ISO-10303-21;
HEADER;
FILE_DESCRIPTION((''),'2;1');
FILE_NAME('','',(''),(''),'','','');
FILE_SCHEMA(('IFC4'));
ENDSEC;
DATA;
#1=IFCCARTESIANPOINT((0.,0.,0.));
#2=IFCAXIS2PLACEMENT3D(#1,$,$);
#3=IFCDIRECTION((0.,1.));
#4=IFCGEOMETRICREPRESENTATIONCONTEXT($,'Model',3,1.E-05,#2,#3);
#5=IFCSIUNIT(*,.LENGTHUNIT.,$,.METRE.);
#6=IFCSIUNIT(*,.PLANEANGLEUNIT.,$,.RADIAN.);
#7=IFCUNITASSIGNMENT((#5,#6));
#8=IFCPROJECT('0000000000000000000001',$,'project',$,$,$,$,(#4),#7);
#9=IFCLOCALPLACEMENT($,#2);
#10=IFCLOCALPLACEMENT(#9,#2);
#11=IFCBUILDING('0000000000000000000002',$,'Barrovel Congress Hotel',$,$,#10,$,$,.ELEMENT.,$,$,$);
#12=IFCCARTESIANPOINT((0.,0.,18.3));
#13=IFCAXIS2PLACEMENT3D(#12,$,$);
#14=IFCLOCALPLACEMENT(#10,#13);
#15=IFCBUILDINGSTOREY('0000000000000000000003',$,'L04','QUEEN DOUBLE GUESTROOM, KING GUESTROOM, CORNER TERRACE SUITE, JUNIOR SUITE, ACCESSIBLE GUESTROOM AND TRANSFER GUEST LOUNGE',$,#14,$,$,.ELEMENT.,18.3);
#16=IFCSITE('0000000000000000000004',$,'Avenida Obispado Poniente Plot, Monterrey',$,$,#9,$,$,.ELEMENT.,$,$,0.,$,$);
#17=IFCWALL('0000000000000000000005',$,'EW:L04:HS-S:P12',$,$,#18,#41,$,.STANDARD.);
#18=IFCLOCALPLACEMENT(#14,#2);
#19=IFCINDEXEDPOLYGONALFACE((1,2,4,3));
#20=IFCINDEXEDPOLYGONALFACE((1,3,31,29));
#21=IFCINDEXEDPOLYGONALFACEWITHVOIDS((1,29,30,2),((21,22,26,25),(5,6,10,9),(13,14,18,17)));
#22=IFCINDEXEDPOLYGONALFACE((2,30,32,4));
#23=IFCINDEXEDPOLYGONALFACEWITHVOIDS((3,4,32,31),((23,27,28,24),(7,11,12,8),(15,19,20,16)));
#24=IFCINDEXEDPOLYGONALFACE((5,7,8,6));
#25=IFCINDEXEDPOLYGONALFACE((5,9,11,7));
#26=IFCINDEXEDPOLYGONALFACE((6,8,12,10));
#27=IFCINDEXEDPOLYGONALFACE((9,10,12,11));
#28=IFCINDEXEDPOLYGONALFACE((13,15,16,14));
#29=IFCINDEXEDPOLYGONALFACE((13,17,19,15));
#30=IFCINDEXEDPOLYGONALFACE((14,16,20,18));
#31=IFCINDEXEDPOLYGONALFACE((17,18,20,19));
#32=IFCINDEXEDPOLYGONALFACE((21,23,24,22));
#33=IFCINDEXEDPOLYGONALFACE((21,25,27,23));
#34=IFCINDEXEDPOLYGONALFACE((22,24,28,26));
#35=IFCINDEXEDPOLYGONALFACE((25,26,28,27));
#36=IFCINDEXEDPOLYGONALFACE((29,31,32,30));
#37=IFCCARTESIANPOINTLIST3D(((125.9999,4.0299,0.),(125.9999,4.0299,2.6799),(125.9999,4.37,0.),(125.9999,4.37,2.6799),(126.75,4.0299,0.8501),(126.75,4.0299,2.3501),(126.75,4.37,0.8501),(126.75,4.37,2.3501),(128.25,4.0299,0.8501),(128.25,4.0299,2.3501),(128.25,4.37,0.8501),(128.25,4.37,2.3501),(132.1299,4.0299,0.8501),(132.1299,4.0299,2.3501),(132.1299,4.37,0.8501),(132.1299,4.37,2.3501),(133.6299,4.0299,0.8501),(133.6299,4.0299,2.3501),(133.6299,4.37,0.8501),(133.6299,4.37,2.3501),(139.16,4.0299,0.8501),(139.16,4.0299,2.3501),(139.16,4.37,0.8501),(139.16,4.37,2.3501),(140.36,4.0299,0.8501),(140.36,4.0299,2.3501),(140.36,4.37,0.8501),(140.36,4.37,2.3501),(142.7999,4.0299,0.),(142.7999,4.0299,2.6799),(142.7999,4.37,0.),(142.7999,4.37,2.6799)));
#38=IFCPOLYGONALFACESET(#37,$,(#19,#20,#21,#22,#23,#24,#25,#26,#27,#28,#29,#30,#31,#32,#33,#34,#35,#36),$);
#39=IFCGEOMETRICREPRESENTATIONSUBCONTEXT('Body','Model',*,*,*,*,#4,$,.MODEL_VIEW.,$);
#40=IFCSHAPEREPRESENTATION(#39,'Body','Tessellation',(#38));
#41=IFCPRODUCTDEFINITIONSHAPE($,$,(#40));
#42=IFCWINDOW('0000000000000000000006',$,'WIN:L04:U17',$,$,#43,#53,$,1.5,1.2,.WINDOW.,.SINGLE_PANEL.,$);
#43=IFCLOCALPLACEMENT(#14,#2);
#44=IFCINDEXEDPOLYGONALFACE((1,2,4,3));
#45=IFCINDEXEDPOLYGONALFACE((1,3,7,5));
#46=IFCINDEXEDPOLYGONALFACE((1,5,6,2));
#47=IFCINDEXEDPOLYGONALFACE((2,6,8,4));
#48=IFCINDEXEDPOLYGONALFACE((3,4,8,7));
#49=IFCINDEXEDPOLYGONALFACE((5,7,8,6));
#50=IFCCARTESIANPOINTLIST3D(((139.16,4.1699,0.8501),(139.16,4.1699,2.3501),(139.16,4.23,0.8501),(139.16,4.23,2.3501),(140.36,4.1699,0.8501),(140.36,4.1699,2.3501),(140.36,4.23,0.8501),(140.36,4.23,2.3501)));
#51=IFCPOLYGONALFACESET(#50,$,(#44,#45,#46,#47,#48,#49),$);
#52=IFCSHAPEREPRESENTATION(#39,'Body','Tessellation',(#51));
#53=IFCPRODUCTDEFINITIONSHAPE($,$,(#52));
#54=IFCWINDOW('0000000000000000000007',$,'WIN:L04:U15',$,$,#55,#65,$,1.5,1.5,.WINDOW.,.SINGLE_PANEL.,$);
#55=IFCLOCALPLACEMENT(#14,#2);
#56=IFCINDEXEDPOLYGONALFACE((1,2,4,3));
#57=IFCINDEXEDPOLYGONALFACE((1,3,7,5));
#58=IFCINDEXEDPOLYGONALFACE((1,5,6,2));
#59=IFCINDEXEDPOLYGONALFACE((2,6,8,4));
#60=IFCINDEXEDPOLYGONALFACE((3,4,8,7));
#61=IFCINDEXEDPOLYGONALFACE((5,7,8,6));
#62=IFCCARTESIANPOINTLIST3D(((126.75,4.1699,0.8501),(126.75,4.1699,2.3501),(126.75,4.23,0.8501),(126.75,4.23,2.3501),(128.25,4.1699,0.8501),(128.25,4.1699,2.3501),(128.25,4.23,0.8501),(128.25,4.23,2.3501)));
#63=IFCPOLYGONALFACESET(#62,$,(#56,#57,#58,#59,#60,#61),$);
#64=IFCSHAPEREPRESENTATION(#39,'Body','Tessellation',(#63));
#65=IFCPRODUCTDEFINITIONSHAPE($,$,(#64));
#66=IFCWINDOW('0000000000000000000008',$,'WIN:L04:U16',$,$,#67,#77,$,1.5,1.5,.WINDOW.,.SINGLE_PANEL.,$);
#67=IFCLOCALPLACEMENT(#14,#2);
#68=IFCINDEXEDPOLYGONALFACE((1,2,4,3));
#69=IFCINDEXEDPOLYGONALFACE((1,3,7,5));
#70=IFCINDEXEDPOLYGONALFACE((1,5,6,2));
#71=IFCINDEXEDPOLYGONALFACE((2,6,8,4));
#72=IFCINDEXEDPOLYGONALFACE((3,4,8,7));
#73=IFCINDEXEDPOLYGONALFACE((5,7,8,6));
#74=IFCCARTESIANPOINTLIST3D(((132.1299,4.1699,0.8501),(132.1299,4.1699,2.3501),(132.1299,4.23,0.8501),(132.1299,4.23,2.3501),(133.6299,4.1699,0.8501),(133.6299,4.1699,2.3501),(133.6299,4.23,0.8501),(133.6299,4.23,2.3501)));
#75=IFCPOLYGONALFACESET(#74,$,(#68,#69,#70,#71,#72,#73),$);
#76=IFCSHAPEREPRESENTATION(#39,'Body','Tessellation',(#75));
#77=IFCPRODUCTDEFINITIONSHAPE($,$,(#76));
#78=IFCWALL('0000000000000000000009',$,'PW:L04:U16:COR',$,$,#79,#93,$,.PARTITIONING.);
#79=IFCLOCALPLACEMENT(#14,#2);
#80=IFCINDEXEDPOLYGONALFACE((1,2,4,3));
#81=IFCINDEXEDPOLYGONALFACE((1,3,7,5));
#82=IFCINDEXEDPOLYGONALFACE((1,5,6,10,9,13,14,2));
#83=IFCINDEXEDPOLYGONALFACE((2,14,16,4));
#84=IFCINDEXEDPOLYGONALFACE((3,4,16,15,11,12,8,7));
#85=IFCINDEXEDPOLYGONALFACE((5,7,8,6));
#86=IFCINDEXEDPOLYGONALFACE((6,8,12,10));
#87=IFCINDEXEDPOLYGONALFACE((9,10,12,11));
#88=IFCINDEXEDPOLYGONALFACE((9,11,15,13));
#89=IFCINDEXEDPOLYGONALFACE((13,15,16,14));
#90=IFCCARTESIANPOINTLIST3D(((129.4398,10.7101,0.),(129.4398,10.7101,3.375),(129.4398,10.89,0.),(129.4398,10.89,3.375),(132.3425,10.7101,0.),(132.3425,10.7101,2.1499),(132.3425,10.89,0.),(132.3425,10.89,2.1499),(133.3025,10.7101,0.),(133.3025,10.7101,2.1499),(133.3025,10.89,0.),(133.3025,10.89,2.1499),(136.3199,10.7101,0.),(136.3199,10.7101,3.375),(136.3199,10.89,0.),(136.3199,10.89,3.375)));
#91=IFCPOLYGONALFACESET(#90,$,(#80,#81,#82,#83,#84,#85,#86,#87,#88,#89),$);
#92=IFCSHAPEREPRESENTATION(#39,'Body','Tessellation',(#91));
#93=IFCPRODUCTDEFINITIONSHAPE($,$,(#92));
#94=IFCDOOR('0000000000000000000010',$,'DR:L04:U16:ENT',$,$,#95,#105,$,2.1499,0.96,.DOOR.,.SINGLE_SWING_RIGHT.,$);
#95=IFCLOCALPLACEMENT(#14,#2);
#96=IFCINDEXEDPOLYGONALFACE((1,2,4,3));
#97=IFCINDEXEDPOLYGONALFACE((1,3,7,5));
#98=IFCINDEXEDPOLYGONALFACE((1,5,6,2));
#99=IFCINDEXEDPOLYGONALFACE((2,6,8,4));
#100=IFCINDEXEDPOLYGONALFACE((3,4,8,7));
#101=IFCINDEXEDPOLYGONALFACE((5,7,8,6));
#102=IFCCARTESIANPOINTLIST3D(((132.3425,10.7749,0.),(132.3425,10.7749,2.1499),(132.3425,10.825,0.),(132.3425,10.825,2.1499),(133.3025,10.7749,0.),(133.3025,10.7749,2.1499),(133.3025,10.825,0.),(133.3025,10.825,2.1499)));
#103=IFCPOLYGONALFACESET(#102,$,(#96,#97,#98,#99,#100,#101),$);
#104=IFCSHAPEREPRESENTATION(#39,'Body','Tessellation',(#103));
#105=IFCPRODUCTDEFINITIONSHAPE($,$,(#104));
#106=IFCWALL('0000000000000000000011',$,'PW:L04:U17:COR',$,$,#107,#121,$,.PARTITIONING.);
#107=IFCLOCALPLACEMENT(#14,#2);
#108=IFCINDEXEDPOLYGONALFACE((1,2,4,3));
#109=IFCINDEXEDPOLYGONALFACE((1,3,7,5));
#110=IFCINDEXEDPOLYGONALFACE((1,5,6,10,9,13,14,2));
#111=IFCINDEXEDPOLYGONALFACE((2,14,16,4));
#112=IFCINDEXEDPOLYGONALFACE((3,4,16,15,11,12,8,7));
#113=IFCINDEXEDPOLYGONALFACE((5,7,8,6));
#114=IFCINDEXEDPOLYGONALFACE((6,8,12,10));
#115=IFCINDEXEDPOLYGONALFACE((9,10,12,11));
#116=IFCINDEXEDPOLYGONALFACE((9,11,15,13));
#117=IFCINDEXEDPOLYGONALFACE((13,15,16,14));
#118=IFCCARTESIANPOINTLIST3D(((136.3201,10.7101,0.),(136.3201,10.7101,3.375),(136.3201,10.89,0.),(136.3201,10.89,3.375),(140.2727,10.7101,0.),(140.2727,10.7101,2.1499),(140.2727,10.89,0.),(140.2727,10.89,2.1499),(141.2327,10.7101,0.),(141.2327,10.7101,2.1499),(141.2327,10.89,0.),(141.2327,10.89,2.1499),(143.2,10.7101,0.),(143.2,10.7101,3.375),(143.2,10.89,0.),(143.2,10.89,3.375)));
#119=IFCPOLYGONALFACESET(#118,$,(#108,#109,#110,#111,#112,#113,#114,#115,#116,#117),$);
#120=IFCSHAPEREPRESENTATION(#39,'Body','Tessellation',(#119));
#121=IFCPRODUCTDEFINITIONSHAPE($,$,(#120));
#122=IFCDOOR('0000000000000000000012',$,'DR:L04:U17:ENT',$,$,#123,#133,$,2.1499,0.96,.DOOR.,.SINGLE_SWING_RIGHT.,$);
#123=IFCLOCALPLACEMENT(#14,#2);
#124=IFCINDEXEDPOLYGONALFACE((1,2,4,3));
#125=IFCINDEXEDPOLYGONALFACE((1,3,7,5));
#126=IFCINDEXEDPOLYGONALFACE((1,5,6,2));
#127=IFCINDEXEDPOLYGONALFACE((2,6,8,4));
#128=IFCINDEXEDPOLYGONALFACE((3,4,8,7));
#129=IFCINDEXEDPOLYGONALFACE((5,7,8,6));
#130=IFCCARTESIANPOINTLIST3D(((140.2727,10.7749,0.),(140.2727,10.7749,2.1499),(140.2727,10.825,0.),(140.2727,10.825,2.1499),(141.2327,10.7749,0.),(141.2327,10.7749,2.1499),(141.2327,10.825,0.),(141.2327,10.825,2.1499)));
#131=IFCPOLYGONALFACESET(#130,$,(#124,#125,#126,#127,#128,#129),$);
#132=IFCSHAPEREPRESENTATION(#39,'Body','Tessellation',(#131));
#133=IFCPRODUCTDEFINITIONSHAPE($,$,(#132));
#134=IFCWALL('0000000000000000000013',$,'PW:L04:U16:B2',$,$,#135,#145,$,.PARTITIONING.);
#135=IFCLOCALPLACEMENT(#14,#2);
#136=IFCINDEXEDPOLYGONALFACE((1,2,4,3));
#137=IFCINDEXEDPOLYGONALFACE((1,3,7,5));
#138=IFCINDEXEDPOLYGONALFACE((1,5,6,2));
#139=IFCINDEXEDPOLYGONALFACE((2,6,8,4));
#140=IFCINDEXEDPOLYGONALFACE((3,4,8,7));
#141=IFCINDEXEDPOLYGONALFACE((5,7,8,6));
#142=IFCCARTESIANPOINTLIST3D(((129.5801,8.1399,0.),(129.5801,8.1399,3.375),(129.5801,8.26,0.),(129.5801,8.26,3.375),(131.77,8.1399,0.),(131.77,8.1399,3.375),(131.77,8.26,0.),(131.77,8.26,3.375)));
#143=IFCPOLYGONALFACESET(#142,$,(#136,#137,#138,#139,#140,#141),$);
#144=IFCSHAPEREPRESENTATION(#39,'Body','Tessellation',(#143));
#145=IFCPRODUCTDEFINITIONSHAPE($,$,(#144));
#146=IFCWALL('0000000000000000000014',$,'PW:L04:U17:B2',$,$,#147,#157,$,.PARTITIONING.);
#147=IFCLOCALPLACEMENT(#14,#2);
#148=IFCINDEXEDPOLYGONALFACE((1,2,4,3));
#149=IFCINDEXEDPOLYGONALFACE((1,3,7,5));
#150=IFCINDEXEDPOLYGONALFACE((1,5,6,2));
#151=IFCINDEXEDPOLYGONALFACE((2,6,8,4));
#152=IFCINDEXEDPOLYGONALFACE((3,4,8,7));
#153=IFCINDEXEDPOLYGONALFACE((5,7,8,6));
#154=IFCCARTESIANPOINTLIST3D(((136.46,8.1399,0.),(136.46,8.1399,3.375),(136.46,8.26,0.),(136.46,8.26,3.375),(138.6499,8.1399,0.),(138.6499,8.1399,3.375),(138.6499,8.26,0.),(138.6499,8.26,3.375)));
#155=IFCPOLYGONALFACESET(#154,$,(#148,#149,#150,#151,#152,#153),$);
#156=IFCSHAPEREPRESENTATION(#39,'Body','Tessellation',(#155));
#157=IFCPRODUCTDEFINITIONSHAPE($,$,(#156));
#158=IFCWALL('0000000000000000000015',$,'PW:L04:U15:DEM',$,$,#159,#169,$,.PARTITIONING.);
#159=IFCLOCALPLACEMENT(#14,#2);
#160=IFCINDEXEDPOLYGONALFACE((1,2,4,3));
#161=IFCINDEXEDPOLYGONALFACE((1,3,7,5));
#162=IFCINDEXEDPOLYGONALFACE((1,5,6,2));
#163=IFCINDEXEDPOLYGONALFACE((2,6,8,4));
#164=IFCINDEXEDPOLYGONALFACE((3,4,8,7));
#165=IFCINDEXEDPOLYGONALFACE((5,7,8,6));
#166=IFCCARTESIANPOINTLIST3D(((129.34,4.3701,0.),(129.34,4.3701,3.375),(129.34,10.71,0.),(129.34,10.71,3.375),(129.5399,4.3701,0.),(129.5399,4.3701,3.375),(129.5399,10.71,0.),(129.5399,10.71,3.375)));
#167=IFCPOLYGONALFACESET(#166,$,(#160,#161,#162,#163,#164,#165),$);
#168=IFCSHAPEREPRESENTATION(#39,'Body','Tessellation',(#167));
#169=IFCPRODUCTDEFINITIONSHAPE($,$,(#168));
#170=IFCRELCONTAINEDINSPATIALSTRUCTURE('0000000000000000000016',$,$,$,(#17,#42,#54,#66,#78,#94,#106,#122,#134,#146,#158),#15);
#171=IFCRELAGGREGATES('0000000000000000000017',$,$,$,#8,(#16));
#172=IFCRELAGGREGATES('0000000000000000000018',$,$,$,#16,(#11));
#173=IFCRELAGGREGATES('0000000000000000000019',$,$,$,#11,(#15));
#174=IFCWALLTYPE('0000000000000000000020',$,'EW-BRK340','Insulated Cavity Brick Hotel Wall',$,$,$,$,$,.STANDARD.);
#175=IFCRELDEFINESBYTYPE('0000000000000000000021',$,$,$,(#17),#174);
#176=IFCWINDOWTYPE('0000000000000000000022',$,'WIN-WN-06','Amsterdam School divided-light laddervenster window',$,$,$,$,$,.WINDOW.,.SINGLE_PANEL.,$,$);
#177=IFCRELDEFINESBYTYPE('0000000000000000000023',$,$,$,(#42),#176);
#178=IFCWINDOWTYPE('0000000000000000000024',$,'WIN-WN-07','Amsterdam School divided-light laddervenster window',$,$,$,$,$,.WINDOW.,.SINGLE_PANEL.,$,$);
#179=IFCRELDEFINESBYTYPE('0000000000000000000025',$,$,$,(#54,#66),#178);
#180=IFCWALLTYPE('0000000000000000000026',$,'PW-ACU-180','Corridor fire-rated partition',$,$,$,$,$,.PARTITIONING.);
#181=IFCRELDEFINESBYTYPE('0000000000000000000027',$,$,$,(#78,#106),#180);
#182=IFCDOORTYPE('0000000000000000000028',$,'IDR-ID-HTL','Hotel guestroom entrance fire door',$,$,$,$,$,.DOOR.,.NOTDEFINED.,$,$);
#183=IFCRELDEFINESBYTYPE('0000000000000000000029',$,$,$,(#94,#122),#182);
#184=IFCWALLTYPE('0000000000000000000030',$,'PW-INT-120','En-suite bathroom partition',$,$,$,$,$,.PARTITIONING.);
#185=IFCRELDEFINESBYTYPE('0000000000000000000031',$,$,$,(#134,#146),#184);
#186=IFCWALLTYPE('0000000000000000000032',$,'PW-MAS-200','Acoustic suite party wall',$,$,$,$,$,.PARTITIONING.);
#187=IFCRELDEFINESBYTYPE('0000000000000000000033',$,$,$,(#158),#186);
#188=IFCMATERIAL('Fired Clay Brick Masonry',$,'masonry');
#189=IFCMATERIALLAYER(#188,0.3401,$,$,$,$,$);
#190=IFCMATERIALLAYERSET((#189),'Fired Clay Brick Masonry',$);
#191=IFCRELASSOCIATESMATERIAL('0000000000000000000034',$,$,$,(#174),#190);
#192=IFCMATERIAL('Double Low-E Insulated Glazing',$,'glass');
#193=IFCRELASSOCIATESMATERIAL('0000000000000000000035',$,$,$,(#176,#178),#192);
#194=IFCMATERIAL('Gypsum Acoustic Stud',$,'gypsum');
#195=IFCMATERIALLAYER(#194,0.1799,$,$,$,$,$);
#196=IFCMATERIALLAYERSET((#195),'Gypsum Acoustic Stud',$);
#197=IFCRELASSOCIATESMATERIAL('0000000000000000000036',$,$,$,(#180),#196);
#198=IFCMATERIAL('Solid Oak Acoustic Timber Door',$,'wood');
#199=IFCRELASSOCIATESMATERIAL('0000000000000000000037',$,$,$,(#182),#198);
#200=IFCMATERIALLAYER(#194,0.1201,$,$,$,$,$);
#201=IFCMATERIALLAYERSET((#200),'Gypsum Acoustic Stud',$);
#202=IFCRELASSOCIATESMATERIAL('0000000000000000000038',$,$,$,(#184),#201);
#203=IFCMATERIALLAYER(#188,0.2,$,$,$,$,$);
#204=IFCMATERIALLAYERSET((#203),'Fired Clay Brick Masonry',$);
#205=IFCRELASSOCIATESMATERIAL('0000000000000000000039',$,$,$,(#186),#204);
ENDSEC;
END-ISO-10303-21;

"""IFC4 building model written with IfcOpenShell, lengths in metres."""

from ifc_helpers import new_model, si_unit, direction, frame, frame_2d, origin, place, context, subcontext, project, spatial, rectangle, extrude, material, layer, layer_set, type_object, element, fill, save


model = new_model("IFC4")

# Units and contexts
model_context = context("Model", 3, precision=1e-05, world=origin(), true_north=direction((0.0, 1.0)))
body_context = subcontext(model_context, "Body", "Model", "MODEL_VIEW")
ifc_project = project(units=[si_unit("LENGTHUNIT", "METRE"), si_unit("PLANEANGLEUNIT", "RADIAN")], contexts=[model_context])

# Site, building, storey
site_placement = place(None, origin())
site = spatial("IfcSite", under=ifc_project, at=site_placement, Name="Avenida Obispado Poniente Plot, Monterrey", CompositionType="ELEMENT", RefElevation=0.0)
building_placement = place(site_placement, origin())
building = spatial("IfcBuilding", under=site, at=building_placement, Name="Barrovel Congress Hotel", CompositionType="ELEMENT")
storey_placement = place(building_placement, frame((0.0, 0.0, 18.3)))
storey = spatial("IfcBuildingStorey", under=building, at=storey_placement, Name="L04", Description="QUEEN DOUBLE GUESTROOM, KING GUESTROOM, CORNER TERRACE SUITE, JUNIOR SUITE, ACCESSIBLE GUESTROOM AND TRANSFER GUEST LOUNGE", CompositionType="ELEMENT", Elevation=18.3)

# Wall, openings, windows
ifc_material_1 = material(Name="Fired Clay Brick Masonry", Category="masonry")
ifc_layer_1 = layer(ifc_material_1, 0.3401)
ifc_layer_set_1 = layer_set([ifc_layer_1], Name="Fired Clay Brick Masonry")
wall_type_1 = type_object("IfcWallType", Name="EW-BRK340", Description="Insulated Cavity Brick Hotel Wall", PredefinedType="STANDARD", material=ifc_layer_set_1)
wall_1_placement = place(storey_placement, frame((126.0, 4.2, 0.0), z_axis=(0.0, 0.0, 1.0), x_axis=(1.0, 0.0, 0.0)))
wall_1 = element("IfcWall", 1, at=wall_1_placement, inside=storey, type_object=wall_type_1, Name="EW:L04:HS-S:P12", PredefinedType="STANDARD", context=body_context, shape_type="SweptSolid", body=[
    extrude(rectangle(XDim=16.8, YDim=0.3401, at=frame_2d((8.3999, 0.0))), origin(), (0.0, 0.0, 1.0), 2.6799),
])
opening_1_placement = place(wall_1_placement, frame((0.75, 0.0, 0.8501)))
opening_1 = element("IfcOpeningElement", 2, at=opening_1_placement, cuts=wall_1, PredefinedType="OPENING", context=body_context, shape_type="SweptSolid", body=[
    extrude(rectangle(XDim=1.5, YDim=1.5, at=frame_2d((0.75, 0.75))), frame((0.0, 0.1802, 0.0), z_axis=(0.0, -1.0, 0.0), x_axis=(1.0, 0.0, 0.0)), (0.0, 0.0, 1.0), 0.3601),
])
opening_2_placement = place(wall_1_placement, frame((6.1299, 0.0, 0.8501)))
opening_2 = element("IfcOpeningElement", 3, at=opening_2_placement, cuts=wall_1, PredefinedType="OPENING", context=body_context, shape_type="SweptSolid", body=[
    extrude(rectangle(XDim=1.5, YDim=1.5, at=frame_2d((0.75, 0.75))), frame((0.0, 0.1802, 0.0), z_axis=(0.0, -1.0, 0.0), x_axis=(1.0, 0.0, 0.0)), (0.0, 0.0, 1.0), 0.3601),
])
opening_3_placement = place(wall_1_placement, frame((13.1599, 0.0, 0.8501)))
opening_3 = element("IfcOpeningElement", 4, at=opening_3_placement, cuts=wall_1, PredefinedType="OPENING", context=body_context, shape_type="SweptSolid", body=[
    extrude(rectangle(XDim=1.2, YDim=1.5, at=frame_2d((0.6001, 0.75))), frame((0.0, 0.1802, 0.0), z_axis=(0.0, -1.0, 0.0), x_axis=(1.0, 0.0, 0.0)), (0.0, 0.0, 1.0), 0.3601),
])
ifc_material_2 = material(Name="Double Low-E Insulated Glazing", Category="glass")
window_type_1 = type_object("IfcWindowType", Name="WIN-WN-06", Description="Amsterdam School divided-light laddervenster window", PartitioningType="SINGLE_PANEL", PredefinedType="WINDOW", material=ifc_material_2)
window_1_placement = place(opening_3_placement, origin())
window_1 = element("IfcWindow", 5, at=window_1_placement, inside=storey, type_object=window_type_1, Name="WIN:L04:U17", OverallHeight=1.5, OverallWidth=1.2, PartitioningType="SINGLE_PANEL", PredefinedType="WINDOW", context=body_context, shape_type="SweptSolid", body=[
    extrude(rectangle(XDim=1.2, YDim=1.5, at=frame_2d((0.6001, 0.75))), frame((0.0, 0.03, 0.0), z_axis=(0.0, -1.0, 0.0), x_axis=(1.0, 0.0, 0.0)), (0.0, 0.0, 1.0), 0.0601),
])
fill(opening_3, window_1)
window_type_2 = type_object("IfcWindowType", Name="WIN-WN-07", Description="Amsterdam School divided-light laddervenster window", PartitioningType="SINGLE_PANEL", PredefinedType="WINDOW", material=ifc_material_2)
window_2_placement = place(opening_1_placement, origin())
window_2 = element("IfcWindow", 6, at=window_2_placement, inside=storey, type_object=window_type_2, Name="WIN:L04:U15", OverallHeight=1.5, OverallWidth=1.5, PartitioningType="SINGLE_PANEL", PredefinedType="WINDOW", context=body_context, shape_type="SweptSolid", body=[
    extrude(rectangle(XDim=1.5, YDim=1.5, at=frame_2d((0.75, 0.75))), frame((0.0, 0.03, 0.0), z_axis=(0.0, -1.0, 0.0), x_axis=(1.0, 0.0, 0.0)), (0.0, 0.0, 1.0), 0.0601),
])
fill(opening_1, window_2)
window_3_placement = place(opening_2_placement, origin())
window_3 = element("IfcWindow", 7, at=window_3_placement, inside=storey, type_object=window_type_2, Name="WIN:L04:U16", OverallHeight=1.5, OverallWidth=1.5, PartitioningType="SINGLE_PANEL", PredefinedType="WINDOW", context=body_context, shape_type="SweptSolid", body=[
    extrude(rectangle(XDim=1.5, YDim=1.5, at=frame_2d((0.75, 0.75))), frame((0.0, 0.03, 0.0), z_axis=(0.0, -1.0, 0.0), x_axis=(1.0, 0.0, 0.0)), (0.0, 0.0, 1.0), 0.0601),
])
fill(opening_2, window_3)

# Walls, openings, doors
ifc_material_3 = material(Name="Gypsum Acoustic Stud", Category="gypsum")
ifc_layer_2 = layer(ifc_material_3, 0.1799)
ifc_layer_set_2 = layer_set([ifc_layer_2], Name="Gypsum Acoustic Stud")
wall_type_2 = type_object("IfcWallType", Name="PW-ACU-180", Description="Corridor fire-rated partition", PredefinedType="PARTITIONING", material=ifc_layer_set_2)
wall_2_placement = place(storey_placement, frame((129.4399, 10.8, 0.0), z_axis=(0.0, 0.0, 1.0), x_axis=(1.0, 0.0, 0.0)))
wall_2 = element("IfcWall", 8, at=wall_2_placement, inside=storey, type_object=wall_type_2, Name="PW:L04:U16:COR", PredefinedType="PARTITIONING", context=body_context, shape_type="SweptSolid", body=[
    extrude(rectangle(XDim=6.8801, YDim=0.1799, at=frame_2d((3.4399, 0.0))), origin(), (0.0, 0.0, 1.0), 3.375),
])
opening_4_placement = place(wall_2_placement, frame((2.9026, 0.0, 0.0)))
opening_4 = element("IfcOpeningElement", 9, at=opening_4_placement, cuts=wall_2, PredefinedType="OPENING", context=body_context, shape_type="SweptSolid", body=[
    extrude(rectangle(XDim=0.96, YDim=2.1499, at=frame_2d((0.48, 1.075))), frame((0.0, 0.1001, 0.0), z_axis=(0.0, -1.0, 0.0), x_axis=(1.0, 0.0, 0.0)), (0.0, 0.0, 1.0), 0.2),
])
ifc_material_4 = material(Name="Solid Oak Acoustic Timber Door", Category="wood")
door_type_1 = type_object("IfcDoorType", Name="IDR-ID-HTL", Description="Hotel guestroom entrance fire door", OperationType="NOTDEFINED", PredefinedType="DOOR", material=ifc_material_4)
door_1_placement = place(opening_4_placement, origin())
door_1 = element("IfcDoor", 10, at=door_1_placement, inside=storey, type_object=door_type_1, Name="DR:L04:U16:ENT", OperationType="SINGLE_SWING_RIGHT", OverallHeight=2.1499, OverallWidth=0.96, PredefinedType="DOOR", context=body_context, shape_type="SweptSolid", body=[
    extrude(rectangle(XDim=0.96, YDim=2.1499, at=frame_2d((0.48, 1.075))), frame((0.0, 0.0249, 0.0), z_axis=(0.0, -1.0, 0.0), x_axis=(1.0, 0.0, 0.0)), (0.0, 0.0, 1.0), 0.05),
])
fill(opening_4, door_1)
wall_3_placement = place(storey_placement, frame((136.3201, 10.8, 0.0), z_axis=(0.0, 0.0, 1.0), x_axis=(1.0, 0.0, 0.0)))
wall_3 = element("IfcWall", 11, at=wall_3_placement, inside=storey, type_object=wall_type_2, Name="PW:L04:U17:COR", PredefinedType="PARTITIONING", context=body_context, shape_type="SweptSolid", body=[
    extrude(rectangle(XDim=6.8799, YDim=0.1799, at=frame_2d((3.4399, 0.0))), origin(), (0.0, 0.0, 1.0), 3.375),
])
opening_5_placement = place(wall_3_placement, frame((3.9526, 0.0, 0.0)))
opening_5 = element("IfcOpeningElement", 12, at=opening_5_placement, cuts=wall_3, PredefinedType="OPENING", context=body_context, shape_type="SweptSolid", body=[
    extrude(rectangle(XDim=0.96, YDim=2.1499, at=frame_2d((0.48, 1.075))), frame((0.0, 0.1001, 0.0), z_axis=(0.0, -1.0, 0.0), x_axis=(1.0, 0.0, 0.0)), (0.0, 0.0, 1.0), 0.2),
])
door_2_placement = place(opening_5_placement, origin())
door_2 = element("IfcDoor", 13, at=door_2_placement, inside=storey, type_object=door_type_1, Name="DR:L04:U17:ENT", OperationType="SINGLE_SWING_RIGHT", OverallHeight=2.1499, OverallWidth=0.96, PredefinedType="DOOR", context=body_context, shape_type="SweptSolid", body=[
    extrude(rectangle(XDim=0.96, YDim=2.1499, at=frame_2d((0.48, 1.075))), frame((0.0, 0.0249, 0.0), z_axis=(0.0, -1.0, 0.0), x_axis=(1.0, 0.0, 0.0)), (0.0, 0.0, 1.0), 0.05),
])
fill(opening_5, door_2)

# Walls
ifc_layer_3 = layer(ifc_material_3, 0.1201)
ifc_layer_set_3 = layer_set([ifc_layer_3], Name="Gypsum Acoustic Stud")
wall_type_3 = type_object("IfcWallType", Name="PW-INT-120", Description="En-suite bathroom partition", PredefinedType="PARTITIONING", material=ifc_layer_set_3)
for number, where, z_axis, x_axis, name in (
    (14, (129.5801, 8.2, 0.0), (0.0, 0.0, 1.0), (1.0, 0.0, 0.0), "PW:L04:U16:B2"),
    (15, (136.46, 8.2, 0.0), (0.0, 0.0, 1.0), (1.0, 0.0, 0.0), "PW:L04:U17:B2"),
):
    element("IfcWall", number, at=place(storey_placement, frame(where, z_axis=z_axis, x_axis=x_axis)), inside=storey, type_object=wall_type_3, Name=name, PredefinedType="PARTITIONING", context=body_context, shape_type="SweptSolid", body=[
        extrude(rectangle(XDim=2.1899, YDim=0.1201, at=frame_2d((1.095, 0.0))), origin(), (0.0, 0.0, 1.0), 3.375),
    ])
ifc_layer_4 = layer(ifc_material_1, 0.2)
ifc_layer_set_4 = layer_set([ifc_layer_4], Name="Fired Clay Brick Masonry")
wall_type_4 = type_object("IfcWallType", Name="PW-MAS-200", Description="Acoustic suite party wall", PredefinedType="PARTITIONING", material=ifc_layer_set_4)
for number, where, z_axis, x_axis, name in (
    (16, (129.4399, 4.3701, 0.0), (0.0, 0.0, 1.0), (0.0, 1.0, 0.0), "PW:L04:U15:DEM"),
):
    element("IfcWall", number, at=place(storey_placement, frame(where, z_axis=z_axis, x_axis=x_axis)), inside=storey, type_object=wall_type_4, Name=name, PredefinedType="PARTITIONING", context=body_context, shape_type="SweptSolid", body=[
        extrude(rectangle(XDim=6.3398, YDim=0.2, at=frame_2d((3.1699, 0.0))), origin(), (0.0, 0.0, 1.0), 3.375),
    ])

save(model, "model.ifc")
